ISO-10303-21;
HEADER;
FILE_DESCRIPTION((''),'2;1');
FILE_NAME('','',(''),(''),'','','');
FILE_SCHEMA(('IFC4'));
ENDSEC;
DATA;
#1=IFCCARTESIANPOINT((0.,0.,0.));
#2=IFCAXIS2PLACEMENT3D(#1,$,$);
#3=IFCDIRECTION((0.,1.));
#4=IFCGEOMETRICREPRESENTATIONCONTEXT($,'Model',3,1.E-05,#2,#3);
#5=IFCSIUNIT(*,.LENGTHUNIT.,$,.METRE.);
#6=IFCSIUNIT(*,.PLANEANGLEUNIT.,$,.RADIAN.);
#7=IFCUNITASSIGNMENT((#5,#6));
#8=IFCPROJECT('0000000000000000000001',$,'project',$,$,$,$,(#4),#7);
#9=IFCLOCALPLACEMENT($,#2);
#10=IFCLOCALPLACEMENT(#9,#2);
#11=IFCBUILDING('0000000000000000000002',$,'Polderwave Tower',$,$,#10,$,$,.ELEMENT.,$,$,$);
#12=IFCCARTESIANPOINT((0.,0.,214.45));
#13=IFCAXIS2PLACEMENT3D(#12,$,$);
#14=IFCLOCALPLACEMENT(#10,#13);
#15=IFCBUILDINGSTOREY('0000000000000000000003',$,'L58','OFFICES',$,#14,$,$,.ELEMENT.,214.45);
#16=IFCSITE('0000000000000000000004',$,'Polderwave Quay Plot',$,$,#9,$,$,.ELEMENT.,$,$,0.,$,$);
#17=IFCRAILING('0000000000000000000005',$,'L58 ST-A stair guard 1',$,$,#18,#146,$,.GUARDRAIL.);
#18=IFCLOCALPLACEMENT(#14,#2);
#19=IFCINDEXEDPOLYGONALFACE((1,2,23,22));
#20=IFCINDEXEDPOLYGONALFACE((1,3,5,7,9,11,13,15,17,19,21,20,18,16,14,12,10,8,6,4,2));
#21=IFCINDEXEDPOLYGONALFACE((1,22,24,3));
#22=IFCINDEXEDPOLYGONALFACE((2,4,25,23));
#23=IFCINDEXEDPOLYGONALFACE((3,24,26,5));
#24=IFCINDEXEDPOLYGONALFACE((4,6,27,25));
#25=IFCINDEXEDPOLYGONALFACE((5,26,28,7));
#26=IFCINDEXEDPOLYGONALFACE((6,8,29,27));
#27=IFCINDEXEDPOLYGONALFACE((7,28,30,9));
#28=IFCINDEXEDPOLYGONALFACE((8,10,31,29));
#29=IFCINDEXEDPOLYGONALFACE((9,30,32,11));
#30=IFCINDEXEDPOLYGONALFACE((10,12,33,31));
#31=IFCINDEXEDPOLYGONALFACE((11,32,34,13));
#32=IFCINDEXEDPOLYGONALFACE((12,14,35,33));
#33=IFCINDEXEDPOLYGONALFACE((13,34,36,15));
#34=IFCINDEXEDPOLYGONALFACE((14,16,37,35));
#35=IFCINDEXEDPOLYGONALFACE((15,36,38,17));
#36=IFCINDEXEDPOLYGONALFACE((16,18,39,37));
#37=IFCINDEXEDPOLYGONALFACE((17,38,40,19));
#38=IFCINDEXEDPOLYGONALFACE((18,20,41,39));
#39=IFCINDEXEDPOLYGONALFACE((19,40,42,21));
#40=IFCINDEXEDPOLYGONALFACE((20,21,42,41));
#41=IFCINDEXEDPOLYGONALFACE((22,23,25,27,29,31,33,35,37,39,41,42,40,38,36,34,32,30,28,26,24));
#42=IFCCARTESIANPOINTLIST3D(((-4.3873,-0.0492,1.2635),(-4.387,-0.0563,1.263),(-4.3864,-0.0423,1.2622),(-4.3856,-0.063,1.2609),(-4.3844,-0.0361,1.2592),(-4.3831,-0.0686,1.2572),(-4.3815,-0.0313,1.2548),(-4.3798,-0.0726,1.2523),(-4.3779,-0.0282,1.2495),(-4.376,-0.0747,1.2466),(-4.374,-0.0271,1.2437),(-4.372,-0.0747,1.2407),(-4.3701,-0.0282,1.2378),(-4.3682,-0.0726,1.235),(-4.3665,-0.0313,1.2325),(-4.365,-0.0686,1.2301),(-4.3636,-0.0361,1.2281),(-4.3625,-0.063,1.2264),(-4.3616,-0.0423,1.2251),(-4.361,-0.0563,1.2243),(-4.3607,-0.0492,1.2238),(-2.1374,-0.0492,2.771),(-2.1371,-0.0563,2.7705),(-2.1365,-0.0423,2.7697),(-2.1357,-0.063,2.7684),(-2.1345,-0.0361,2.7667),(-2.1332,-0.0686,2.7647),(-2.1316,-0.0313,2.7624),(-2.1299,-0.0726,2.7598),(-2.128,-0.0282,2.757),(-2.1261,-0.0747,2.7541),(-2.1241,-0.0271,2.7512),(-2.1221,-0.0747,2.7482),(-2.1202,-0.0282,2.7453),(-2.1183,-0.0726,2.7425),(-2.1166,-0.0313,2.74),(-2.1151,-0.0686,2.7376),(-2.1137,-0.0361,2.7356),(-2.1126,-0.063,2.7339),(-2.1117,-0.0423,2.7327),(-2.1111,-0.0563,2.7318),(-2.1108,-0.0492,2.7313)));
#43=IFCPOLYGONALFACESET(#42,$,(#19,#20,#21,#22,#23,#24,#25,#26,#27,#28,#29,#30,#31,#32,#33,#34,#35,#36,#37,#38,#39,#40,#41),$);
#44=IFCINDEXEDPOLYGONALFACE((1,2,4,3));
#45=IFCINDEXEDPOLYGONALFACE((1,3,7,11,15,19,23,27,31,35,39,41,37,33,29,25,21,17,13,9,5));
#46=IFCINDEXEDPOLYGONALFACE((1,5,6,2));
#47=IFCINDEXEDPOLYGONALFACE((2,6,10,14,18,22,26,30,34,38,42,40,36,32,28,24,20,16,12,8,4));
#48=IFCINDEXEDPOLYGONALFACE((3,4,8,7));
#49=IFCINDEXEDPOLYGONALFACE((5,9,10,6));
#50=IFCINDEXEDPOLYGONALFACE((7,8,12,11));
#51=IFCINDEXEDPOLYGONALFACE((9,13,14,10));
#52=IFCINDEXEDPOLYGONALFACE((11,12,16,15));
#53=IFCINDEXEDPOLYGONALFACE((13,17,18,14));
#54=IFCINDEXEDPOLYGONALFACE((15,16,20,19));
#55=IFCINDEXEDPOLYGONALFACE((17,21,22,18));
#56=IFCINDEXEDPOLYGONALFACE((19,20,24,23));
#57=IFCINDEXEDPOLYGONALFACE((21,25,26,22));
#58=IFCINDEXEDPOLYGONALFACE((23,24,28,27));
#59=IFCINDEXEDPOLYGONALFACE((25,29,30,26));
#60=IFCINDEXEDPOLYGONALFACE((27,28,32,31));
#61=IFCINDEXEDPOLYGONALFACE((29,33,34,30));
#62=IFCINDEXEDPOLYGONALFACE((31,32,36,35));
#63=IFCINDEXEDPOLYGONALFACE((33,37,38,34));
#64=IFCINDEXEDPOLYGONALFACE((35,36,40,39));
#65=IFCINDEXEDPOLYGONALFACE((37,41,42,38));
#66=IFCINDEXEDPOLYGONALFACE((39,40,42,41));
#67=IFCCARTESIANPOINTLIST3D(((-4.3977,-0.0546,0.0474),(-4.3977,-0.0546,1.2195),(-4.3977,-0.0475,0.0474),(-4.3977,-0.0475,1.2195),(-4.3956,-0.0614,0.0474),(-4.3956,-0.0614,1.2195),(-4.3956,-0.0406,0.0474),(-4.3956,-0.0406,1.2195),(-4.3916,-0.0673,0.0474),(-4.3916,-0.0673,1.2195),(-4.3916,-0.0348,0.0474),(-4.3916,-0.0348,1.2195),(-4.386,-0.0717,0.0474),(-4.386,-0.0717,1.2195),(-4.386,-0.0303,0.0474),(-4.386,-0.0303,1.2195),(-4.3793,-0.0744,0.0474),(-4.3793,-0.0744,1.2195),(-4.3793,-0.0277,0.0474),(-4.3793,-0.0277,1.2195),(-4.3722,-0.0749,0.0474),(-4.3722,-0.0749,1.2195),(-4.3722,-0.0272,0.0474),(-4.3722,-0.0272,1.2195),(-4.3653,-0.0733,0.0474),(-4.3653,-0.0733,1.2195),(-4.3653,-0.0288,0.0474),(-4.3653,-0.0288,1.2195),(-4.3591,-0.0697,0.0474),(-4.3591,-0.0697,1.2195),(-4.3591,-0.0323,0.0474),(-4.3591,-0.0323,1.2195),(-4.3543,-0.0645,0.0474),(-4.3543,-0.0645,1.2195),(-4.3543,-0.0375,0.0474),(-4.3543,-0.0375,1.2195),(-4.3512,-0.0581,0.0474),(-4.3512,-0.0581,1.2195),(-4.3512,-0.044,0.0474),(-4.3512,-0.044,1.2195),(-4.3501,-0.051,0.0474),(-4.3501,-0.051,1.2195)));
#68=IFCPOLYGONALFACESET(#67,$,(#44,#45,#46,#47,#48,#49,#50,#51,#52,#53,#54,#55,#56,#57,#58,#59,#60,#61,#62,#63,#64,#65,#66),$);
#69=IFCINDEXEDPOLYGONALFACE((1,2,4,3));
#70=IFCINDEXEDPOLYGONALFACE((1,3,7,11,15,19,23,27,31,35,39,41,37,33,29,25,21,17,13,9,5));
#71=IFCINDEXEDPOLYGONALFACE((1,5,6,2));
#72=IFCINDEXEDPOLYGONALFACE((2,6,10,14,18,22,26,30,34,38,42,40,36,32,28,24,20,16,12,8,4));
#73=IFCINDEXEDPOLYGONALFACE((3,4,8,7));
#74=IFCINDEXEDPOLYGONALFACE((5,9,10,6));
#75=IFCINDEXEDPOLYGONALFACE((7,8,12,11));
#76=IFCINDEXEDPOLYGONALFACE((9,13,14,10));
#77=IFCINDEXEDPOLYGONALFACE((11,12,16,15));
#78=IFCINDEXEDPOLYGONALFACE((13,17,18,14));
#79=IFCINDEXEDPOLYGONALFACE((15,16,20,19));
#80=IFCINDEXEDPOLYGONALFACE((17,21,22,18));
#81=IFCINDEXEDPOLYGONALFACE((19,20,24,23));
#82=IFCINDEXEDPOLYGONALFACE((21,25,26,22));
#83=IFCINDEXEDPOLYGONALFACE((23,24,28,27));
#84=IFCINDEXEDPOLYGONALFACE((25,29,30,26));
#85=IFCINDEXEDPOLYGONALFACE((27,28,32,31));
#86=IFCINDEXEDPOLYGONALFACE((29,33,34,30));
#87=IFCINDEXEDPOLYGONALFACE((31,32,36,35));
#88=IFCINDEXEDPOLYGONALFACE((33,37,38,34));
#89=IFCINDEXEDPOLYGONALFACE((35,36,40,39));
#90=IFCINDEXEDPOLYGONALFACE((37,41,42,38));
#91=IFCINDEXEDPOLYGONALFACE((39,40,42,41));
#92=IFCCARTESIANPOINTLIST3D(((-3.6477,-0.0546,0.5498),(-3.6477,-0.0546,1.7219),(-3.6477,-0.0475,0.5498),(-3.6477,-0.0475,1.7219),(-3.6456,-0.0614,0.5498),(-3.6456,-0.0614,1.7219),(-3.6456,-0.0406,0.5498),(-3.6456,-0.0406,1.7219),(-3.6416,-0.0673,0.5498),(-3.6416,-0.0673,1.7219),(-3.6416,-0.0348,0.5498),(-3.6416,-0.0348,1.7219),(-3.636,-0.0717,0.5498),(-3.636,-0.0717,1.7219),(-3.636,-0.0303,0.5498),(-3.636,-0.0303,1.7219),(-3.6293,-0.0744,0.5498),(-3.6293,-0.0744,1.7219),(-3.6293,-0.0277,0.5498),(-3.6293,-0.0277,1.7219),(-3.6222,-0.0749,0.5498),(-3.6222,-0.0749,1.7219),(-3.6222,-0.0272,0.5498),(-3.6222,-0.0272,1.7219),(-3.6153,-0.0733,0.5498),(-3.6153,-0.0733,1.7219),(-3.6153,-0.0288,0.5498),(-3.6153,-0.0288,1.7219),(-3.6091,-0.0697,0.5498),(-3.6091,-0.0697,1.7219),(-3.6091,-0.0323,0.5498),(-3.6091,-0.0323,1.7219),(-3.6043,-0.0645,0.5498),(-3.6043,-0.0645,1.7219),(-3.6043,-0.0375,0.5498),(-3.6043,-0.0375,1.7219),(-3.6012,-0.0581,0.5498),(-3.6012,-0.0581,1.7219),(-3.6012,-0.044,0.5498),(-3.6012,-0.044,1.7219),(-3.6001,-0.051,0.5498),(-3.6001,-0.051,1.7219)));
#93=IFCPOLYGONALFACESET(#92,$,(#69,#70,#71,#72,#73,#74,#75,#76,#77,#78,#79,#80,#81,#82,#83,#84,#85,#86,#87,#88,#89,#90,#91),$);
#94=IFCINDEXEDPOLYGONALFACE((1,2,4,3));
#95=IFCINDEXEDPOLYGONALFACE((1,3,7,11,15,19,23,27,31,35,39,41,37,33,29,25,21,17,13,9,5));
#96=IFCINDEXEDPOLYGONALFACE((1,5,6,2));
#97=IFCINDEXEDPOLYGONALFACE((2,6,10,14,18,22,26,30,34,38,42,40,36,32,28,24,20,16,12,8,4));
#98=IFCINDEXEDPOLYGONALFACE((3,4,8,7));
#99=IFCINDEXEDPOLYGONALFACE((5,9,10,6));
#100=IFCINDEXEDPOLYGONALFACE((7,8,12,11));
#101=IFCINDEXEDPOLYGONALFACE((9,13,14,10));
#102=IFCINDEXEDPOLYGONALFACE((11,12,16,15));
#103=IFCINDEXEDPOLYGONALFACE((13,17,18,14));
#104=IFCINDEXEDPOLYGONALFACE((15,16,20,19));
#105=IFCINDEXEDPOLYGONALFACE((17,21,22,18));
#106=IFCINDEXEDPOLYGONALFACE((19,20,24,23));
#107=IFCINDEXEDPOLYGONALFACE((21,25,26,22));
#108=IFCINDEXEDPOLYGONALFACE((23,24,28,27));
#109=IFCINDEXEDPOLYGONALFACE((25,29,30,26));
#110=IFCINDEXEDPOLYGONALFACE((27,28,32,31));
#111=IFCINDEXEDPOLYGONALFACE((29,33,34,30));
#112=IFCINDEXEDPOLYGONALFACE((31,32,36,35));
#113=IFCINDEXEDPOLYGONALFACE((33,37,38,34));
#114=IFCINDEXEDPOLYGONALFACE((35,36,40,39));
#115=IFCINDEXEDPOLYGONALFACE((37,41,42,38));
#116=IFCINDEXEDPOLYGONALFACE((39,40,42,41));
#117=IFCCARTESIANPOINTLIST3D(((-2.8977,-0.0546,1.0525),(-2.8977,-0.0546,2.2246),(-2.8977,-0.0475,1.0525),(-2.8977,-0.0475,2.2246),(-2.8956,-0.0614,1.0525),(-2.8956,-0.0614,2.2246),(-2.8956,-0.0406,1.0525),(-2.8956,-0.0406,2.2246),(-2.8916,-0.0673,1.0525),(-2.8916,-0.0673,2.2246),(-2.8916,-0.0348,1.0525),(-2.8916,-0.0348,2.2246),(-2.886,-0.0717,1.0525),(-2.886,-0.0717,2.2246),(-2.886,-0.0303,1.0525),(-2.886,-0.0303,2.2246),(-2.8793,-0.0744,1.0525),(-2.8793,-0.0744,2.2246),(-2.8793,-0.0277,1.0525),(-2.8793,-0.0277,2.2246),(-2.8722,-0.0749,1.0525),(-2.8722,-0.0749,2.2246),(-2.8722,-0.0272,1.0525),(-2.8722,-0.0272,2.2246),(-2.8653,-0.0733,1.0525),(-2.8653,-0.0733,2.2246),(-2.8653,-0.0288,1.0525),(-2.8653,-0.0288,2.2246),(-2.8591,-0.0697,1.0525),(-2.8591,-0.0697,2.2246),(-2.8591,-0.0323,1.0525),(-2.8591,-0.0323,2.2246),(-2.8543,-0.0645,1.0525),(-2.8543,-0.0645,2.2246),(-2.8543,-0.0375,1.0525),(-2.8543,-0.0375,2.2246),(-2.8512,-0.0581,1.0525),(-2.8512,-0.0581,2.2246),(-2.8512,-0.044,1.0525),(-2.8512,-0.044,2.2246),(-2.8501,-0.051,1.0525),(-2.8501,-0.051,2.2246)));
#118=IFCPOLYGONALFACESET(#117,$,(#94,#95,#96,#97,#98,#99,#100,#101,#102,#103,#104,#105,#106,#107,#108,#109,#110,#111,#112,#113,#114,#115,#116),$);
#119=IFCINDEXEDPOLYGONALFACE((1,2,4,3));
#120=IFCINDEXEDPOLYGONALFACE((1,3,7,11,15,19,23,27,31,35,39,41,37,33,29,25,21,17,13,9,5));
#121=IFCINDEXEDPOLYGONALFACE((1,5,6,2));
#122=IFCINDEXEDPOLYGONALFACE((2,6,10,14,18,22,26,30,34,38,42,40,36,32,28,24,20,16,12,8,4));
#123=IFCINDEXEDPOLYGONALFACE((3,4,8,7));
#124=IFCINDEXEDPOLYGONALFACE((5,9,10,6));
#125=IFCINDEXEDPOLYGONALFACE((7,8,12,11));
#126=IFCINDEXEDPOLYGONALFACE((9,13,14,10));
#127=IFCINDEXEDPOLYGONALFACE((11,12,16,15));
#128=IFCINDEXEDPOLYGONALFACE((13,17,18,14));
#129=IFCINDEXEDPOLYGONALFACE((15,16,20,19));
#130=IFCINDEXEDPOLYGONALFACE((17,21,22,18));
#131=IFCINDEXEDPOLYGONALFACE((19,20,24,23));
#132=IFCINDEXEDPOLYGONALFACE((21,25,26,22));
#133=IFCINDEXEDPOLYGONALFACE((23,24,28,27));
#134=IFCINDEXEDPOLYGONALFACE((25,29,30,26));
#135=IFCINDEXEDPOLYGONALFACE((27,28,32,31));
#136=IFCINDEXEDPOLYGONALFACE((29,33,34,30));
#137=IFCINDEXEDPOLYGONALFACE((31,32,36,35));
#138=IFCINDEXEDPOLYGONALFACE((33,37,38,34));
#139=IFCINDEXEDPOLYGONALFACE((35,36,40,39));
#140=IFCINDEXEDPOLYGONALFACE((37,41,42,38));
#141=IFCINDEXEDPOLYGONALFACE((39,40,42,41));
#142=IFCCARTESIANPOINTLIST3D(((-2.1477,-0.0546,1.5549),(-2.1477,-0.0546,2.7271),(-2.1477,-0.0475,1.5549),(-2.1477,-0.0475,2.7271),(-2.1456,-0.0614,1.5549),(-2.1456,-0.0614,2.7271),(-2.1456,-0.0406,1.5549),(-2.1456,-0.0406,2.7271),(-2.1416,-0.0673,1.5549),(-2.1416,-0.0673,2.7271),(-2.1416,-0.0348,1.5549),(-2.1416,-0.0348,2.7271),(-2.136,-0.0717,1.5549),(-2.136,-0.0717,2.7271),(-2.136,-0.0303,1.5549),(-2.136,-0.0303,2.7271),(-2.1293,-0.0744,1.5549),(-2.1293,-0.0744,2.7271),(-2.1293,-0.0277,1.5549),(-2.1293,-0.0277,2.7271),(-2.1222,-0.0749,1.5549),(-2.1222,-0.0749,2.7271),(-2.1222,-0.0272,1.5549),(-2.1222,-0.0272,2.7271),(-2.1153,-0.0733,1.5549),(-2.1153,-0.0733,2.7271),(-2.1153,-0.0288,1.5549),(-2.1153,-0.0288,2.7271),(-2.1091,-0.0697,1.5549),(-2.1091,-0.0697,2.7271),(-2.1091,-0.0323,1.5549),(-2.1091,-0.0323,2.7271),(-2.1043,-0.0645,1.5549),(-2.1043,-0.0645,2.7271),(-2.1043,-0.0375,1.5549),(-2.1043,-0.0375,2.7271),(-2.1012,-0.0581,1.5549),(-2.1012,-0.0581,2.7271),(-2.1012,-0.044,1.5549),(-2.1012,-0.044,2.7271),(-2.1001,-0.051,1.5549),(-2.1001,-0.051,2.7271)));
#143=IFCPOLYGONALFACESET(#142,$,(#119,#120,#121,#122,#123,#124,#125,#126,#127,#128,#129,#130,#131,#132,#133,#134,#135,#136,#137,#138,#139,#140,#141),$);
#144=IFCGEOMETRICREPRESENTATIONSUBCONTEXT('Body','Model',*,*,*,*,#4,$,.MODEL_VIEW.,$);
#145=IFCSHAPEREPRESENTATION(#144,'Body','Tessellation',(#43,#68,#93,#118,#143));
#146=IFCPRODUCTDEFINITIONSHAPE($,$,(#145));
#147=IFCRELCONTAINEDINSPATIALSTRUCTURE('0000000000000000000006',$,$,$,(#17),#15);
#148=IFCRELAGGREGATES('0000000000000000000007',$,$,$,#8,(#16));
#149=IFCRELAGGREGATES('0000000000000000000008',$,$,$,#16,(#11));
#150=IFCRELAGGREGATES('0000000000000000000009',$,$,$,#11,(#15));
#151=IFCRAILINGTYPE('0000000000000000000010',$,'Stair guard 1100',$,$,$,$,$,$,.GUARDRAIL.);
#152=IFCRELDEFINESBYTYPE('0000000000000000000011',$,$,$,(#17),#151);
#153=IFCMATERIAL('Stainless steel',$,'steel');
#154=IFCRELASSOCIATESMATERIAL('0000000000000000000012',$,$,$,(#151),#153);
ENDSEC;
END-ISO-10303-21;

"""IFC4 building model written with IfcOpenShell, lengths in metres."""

from ifc_helpers import new_model, si_unit, direction, frame, origin, origin_2d, place, context, subcontext, project, spatial, circle, extrude, material, type_object, element, save


model = new_model("IFC4")

# Units and contexts
model_context = context("Model", 3, precision=1e-05, world=origin(), true_north=direction((0.0, 1.0)))
body_context = subcontext(model_context, "Body", "Model", "MODEL_VIEW")
ifc_project = project(units=[si_unit("LENGTHUNIT", "METRE"), si_unit("PLANEANGLEUNIT", "RADIAN")], contexts=[model_context])

# Site, building, storey
site_placement = place(None, origin())
site = spatial("IfcSite", under=ifc_project, at=site_placement, Name="Polderwave Quay Plot", CompositionType="ELEMENT", RefElevation=0.0)
building_placement = place(site_placement, origin())
building = spatial("IfcBuilding", under=site, at=building_placement, Name="Polderwave Tower", CompositionType="ELEMENT")
storey_placement = place(building_placement, frame((0.0, 0.0, 214.45)))
storey = spatial("IfcBuildingStorey", under=building, at=storey_placement, Name="L58", Description="OFFICES", CompositionType="ELEMENT", Elevation=214.45)

# Railing
ifc_material_1 = material(Name="Stainless steel", Category="steel")
railing_type_1 = type_object("IfcRailingType", Name="Stair guard 1100", PredefinedType="GUARDRAIL", material=ifc_material_1)
railing_1_placement = place(storey_placement, frame((-4.374, -0.051, 0.0474)))
element("IfcRailing", 1, at=railing_1_placement, inside=storey, type_object=railing_type_1, Name="L58 ST-A stair guard 1", PredefinedType="GUARDRAIL", context=body_context, shape_type="SweptSolid", body=[
    extrude(circle(Radius=0.0239, at=origin_2d()), frame((0.0, 0.0, 1.1963), z_axis=(0.830758, 0.0, 0.556633), x_axis=(0.0, 1.0, 0.0)), (0.0, 0.0, 1.0), 2.7083),
    extrude(circle(Radius=0.0239, at=origin_2d()), origin(), (0.0, 0.0, 1.0), 1.1721),
    extrude(circle(Radius=0.0239, at=origin_2d()), frame((0.75, 0.0, 0.5024)), (0.0, 0.0, 1.0), 1.1721),
    extrude(circle(Radius=0.0239, at=origin_2d()), frame((1.5, 0.0, 1.0051)), (0.0, 0.0, 1.0), 1.1721),
    extrude(circle(Radius=0.0239, at=origin_2d()), frame((2.25, 0.0, 1.5076)), (0.0, 0.0, 1.0), 1.1721),
])

save(model, "model.ifc")
